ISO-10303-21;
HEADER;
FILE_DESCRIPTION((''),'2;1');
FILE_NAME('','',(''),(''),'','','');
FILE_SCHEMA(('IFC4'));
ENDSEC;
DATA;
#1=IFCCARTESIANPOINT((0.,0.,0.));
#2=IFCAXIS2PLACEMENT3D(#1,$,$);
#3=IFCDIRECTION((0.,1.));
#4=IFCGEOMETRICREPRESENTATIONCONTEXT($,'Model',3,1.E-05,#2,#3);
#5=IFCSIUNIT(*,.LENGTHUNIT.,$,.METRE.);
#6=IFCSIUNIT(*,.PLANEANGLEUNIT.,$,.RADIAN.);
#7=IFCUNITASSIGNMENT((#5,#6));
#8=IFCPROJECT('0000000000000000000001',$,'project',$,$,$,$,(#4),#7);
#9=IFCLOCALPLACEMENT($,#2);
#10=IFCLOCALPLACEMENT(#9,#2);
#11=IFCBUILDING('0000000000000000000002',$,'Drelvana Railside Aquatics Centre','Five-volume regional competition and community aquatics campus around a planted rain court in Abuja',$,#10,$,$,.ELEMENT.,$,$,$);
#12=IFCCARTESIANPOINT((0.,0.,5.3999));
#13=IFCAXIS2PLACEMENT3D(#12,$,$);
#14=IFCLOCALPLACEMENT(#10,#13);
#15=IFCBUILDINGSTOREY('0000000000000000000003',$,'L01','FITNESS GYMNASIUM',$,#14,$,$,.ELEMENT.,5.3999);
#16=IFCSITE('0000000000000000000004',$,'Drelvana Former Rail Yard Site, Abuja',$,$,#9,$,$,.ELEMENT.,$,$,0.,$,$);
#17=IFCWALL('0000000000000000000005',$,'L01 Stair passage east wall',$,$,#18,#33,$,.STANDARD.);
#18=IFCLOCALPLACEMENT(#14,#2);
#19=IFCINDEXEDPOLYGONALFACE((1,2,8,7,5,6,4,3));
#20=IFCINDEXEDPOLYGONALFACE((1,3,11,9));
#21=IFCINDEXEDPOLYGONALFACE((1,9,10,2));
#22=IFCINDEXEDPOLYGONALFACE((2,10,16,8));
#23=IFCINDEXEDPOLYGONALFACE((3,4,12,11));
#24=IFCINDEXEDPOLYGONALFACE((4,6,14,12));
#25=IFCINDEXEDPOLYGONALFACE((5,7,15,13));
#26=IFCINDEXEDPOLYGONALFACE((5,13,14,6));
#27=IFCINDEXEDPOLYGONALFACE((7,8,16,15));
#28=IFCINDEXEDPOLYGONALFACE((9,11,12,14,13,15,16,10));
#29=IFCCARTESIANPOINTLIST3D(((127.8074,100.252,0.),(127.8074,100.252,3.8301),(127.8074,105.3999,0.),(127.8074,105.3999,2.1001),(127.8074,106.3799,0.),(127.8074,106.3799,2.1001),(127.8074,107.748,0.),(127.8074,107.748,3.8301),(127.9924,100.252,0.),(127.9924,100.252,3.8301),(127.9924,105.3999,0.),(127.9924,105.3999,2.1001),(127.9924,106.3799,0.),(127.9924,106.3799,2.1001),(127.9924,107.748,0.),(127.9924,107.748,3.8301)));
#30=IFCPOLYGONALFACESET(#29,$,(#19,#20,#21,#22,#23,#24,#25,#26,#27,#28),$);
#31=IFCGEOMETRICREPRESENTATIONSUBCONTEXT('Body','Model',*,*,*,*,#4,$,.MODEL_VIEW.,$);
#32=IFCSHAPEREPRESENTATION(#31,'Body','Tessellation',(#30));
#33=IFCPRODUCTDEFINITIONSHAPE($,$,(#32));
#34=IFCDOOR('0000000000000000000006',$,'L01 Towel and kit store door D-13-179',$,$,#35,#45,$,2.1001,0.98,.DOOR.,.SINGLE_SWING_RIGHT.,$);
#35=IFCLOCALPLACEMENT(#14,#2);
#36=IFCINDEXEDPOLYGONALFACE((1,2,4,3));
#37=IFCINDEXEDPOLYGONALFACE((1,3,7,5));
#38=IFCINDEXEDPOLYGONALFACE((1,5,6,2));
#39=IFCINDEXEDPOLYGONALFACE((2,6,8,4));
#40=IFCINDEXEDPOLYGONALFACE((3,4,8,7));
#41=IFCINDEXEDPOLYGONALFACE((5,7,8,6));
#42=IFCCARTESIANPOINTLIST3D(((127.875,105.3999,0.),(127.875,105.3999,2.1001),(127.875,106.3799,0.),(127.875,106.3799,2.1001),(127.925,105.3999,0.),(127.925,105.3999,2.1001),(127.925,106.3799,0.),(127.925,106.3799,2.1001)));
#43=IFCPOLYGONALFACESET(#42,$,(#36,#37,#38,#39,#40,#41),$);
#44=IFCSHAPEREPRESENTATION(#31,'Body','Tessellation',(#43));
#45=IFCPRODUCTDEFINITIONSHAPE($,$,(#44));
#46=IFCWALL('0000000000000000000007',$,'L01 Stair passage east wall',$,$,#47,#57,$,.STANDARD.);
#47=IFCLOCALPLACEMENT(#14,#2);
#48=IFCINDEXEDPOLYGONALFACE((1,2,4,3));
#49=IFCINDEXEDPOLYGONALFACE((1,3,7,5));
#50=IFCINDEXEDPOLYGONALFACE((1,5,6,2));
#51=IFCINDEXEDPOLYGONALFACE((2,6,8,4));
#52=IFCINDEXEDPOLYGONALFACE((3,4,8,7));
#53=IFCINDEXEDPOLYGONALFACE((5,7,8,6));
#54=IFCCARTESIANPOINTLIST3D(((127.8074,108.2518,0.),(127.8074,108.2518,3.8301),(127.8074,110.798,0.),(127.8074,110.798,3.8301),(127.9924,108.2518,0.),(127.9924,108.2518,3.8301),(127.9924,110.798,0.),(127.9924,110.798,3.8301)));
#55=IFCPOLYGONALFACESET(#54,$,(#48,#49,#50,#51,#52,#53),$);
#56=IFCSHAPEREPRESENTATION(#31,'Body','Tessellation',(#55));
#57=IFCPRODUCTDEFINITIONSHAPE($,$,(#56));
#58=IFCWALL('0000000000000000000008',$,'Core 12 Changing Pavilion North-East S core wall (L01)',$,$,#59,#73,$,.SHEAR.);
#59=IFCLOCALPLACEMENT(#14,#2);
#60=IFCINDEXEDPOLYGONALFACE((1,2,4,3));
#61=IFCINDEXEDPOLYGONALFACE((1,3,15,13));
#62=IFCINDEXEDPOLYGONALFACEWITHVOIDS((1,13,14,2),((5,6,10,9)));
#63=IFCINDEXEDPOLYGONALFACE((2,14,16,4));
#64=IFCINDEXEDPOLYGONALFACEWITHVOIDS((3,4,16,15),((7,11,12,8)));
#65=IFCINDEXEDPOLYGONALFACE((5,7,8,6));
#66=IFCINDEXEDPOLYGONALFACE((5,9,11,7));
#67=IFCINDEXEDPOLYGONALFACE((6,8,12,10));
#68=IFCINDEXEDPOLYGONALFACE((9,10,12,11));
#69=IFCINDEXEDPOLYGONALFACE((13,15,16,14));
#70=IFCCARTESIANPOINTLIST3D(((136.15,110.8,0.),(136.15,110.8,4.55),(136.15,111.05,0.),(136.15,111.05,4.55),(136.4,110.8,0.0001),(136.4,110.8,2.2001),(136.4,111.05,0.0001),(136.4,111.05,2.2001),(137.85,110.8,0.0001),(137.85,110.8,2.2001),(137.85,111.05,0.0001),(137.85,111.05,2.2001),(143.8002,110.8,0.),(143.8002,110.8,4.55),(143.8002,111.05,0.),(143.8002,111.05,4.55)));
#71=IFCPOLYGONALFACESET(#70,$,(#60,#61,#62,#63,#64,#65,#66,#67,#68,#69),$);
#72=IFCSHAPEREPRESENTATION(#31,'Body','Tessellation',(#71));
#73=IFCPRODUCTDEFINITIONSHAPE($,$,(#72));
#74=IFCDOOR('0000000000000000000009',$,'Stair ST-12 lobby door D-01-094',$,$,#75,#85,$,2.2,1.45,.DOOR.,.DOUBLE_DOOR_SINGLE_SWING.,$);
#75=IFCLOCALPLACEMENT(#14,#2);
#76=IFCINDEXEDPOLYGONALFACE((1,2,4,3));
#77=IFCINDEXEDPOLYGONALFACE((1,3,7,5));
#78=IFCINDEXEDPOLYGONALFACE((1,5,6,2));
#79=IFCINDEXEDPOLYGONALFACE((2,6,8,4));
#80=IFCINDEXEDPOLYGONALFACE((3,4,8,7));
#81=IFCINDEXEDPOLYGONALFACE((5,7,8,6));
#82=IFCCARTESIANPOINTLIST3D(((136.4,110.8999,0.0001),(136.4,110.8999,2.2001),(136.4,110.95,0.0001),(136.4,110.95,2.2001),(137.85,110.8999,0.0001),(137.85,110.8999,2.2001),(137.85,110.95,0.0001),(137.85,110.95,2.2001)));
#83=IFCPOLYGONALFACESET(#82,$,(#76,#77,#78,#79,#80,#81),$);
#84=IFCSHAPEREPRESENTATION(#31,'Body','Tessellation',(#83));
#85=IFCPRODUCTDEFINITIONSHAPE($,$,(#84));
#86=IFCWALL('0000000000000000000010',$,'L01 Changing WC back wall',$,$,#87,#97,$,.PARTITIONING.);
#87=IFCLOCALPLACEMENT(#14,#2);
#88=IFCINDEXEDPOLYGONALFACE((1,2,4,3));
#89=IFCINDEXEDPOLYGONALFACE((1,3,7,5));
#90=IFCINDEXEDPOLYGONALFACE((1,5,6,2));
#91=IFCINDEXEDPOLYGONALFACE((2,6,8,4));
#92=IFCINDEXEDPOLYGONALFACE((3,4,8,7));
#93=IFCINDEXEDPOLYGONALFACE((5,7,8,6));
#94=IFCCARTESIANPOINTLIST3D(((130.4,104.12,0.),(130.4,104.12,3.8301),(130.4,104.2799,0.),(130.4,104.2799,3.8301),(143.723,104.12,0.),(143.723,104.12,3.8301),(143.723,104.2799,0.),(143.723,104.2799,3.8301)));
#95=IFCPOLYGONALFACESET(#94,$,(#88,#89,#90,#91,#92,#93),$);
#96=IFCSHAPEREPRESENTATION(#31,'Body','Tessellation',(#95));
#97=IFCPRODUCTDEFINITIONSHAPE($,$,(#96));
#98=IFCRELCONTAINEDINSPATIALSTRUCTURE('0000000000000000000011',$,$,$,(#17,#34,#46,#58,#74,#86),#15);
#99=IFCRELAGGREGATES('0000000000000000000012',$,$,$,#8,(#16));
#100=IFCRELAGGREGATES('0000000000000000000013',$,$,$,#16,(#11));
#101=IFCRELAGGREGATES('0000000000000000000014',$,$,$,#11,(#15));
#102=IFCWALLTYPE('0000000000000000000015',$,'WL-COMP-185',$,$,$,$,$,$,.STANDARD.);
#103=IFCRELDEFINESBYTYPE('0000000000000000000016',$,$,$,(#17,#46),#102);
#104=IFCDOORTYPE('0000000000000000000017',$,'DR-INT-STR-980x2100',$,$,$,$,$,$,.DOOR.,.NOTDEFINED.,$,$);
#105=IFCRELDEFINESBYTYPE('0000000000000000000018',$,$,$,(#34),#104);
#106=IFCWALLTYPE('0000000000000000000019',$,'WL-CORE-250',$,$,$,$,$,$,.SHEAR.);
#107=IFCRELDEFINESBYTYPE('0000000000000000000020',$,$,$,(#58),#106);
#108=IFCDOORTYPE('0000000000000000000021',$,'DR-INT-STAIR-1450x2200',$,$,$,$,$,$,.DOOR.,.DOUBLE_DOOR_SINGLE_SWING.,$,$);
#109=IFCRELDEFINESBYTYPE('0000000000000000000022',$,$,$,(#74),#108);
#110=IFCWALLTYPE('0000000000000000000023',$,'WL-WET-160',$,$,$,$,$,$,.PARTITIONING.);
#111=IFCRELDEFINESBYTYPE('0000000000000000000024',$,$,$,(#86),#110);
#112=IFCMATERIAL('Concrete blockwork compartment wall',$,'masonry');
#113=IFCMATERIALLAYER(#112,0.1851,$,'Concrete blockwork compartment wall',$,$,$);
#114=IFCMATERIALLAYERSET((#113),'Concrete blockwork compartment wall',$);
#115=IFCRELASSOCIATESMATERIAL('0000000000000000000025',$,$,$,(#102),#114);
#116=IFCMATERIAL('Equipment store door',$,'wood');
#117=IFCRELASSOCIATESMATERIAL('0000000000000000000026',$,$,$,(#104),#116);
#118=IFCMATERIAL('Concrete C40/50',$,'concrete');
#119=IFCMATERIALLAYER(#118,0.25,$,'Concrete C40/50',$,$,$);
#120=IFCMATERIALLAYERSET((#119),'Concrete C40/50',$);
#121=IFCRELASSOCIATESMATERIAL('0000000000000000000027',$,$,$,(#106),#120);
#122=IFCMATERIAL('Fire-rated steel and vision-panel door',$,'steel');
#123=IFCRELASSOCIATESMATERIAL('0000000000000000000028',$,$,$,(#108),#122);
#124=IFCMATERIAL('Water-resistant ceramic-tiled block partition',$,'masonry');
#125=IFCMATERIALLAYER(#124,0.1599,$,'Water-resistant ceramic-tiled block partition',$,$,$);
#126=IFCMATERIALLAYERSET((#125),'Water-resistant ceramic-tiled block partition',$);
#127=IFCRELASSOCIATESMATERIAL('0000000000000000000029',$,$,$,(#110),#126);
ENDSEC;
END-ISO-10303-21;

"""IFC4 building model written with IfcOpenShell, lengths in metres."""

from ifc_helpers import new_model, si_unit, direction, frame, frame_2d, origin, place, context, subcontext, project, spatial, rectangle, extrude, material, layer, layer_set, type_object, element, fill, save


model = new_model("IFC4")

# Units and contexts
model_context = context("Model", 3, precision=1e-05, world=origin(), true_north=direction((0.0, 1.0)))
body_context = subcontext(model_context, "Body", "Model", "MODEL_VIEW")
ifc_project = project(units=[si_unit("LENGTHUNIT", "METRE"), si_unit("PLANEANGLEUNIT", "RADIAN")], contexts=[model_context])

# Site, building, storey
site_placement = place(None, origin())
site = spatial("IfcSite", under=ifc_project, at=site_placement, Name="Drelvana Former Rail Yard Site, Abuja", CompositionType="ELEMENT", RefElevation=0.0)
building_placement = place(site_placement, origin())
building = spatial("IfcBuilding", under=site, at=building_placement, Name="Drelvana Railside Aquatics Centre", Description="Five-volume regional competition and community aquatics campus around a planted rain court in Abuja", CompositionType="ELEMENT")
storey_placement = place(building_placement, frame((0.0, 0.0, 5.3999)))
storey = spatial("IfcBuildingStorey", under=building, at=storey_placement, Name="L01", Description="FITNESS GYMNASIUM", CompositionType="ELEMENT", Elevation=5.3999)

# Shared definitions
ifc_material_1 = material(Name="Concrete C40/50", Category="concrete")

# Wall, opening, door
ifc_material_2 = material(Name="Concrete blockwork compartment wall", Category="masonry")
ifc_layer_1 = layer(ifc_material_2, 0.1851, Name="Concrete blockwork compartment wall")
ifc_layer_set_1 = layer_set([ifc_layer_1], Name="Concrete blockwork compartment wall")
wall_type_1 = type_object("IfcWallType", Name="WL-COMP-185", PredefinedType="STANDARD", material=ifc_layer_set_1)
wall_1_placement = place(storey_placement, frame((127.8999, 100.252, 0.0), z_axis=(0.0, 0.0, 1.0), x_axis=(0.0, 1.0, 0.0)))
wall_1 = element("IfcWall", 1, at=wall_1_placement, inside=storey, type_object=wall_type_1, Name="L01 Stair passage east wall", PredefinedType="STANDARD", context=body_context, shape_type="SweptSolid", body=[
    extrude(rectangle(XDim=7.4961, YDim=0.1851, at=frame_2d((3.748, 0.0))), origin(), (0.0, 0.0, 1.0), 3.8301),
])
opening_1_placement = place(wall_1_placement, frame((5.1479, 0.0, 0.0)))
opening_1 = element("IfcOpeningElement", 2, at=opening_1_placement, cuts=wall_1, PredefinedType="OPENING", context=body_context, shape_type="SweptSolid", body=[
    extrude(rectangle(XDim=0.98, YDim=2.1001, at=frame_2d((0.49, 1.05))), frame((0.0, 0.1025, 0.0), z_axis=(0.0, -1.0, 0.0), x_axis=(1.0, 0.0, 0.0)), (0.0, 0.0, 1.0), 0.2051),
])
ifc_material_3 = material(Name="Equipment store door", Category="wood")
door_type_1 = type_object("IfcDoorType", Name="DR-INT-STR-980x2100", OperationType="NOTDEFINED", PredefinedType="DOOR", material=ifc_material_3)
door_1_placement = place(opening_1_placement, origin())
door_1 = element("IfcDoor", 3, at=door_1_placement, inside=storey, type_object=door_type_1, Name="L01 Towel and kit store door D-13-179", OperationType="SINGLE_SWING_RIGHT", OverallHeight=2.1001, OverallWidth=0.98, PredefinedType="DOOR", context=body_context, shape_type="SweptSolid", body=[
    extrude(rectangle(XDim=0.98, YDim=2.1001, at=frame_2d((0.49, 1.05))), frame((0.0, 0.0249, 0.0), z_axis=(0.0, -1.0, 0.0), x_axis=(1.0, 0.0, 0.0)), (0.0, 0.0, 1.0), 0.05),
])
fill(opening_1, door_1)

# Wall
wall_2_placement = place(storey_placement, frame((127.8999, 108.252, 0.0), z_axis=(0.0, 0.0, 1.0), x_axis=(0.0, 1.0, 0.0)))
element("IfcWall", 4, at=wall_2_placement, inside=storey, type_object=wall_type_1, Name="L01 Stair passage east wall", PredefinedType="STANDARD", context=body_context, shape_type="SweptSolid", body=[
    extrude(rectangle(XDim=2.5461, YDim=0.1851, at=frame_2d((1.2729, 0.0))), origin(), (0.0, 0.0, 1.0), 3.8301),
])

# Wall, opening, door
ifc_layer_2 = layer(ifc_material_1, 0.25, Name="Concrete C40/50")
ifc_layer_set_2 = layer_set([ifc_layer_2], Name="Concrete C40/50")
wall_type_2 = type_object("IfcWallType", Name="WL-CORE-250", PredefinedType="SHEAR", material=ifc_layer_set_2)
wall_3_placement = place(storey_placement, frame((136.1499, 110.925, 0.0), z_axis=(0.0, 0.0, 1.0), x_axis=(1.0, 0.0, 0.0)))
wall_3 = element("IfcWall", 5, at=wall_3_placement, inside=storey, type_object=wall_type_2, Name="Core 12 Changing Pavilion North-East S core wall (L01)", PredefinedType="SHEAR", context=body_context, shape_type="SweptSolid", body=[
    extrude(rectangle(XDim=7.6501, YDim=0.25, at=frame_2d((3.8252, 0.0))), origin(), (0.0, 0.0, 1.0), 4.55),
])
opening_2_placement = place(wall_3_placement, frame((0.25, 0.0, 0.0)))
opening_2 = element("IfcOpeningElement", 6, at=opening_2_placement, cuts=wall_3, PredefinedType="OPENING", context=body_context, shape_type="SweptSolid", body=[
    extrude(rectangle(XDim=1.45, YDim=2.2, at=frame_2d((0.7251, 1.1001))), frame((0.0, 0.135, 0.0), z_axis=(0.0, -1.0, 0.0), x_axis=(1.0, 0.0, 0.0)), (0.0, 0.0, 1.0), 0.27),
])
ifc_material_4 = material(Name="Fire-rated steel and vision-panel door", Category="steel")
door_type_2 = type_object("IfcDoorType", Name="DR-INT-STAIR-1450x2200", OperationType="DOUBLE_DOOR_SINGLE_SWING", PredefinedType="DOOR", material=ifc_material_4)
door_2_placement = place(opening_2_placement, origin())
door_2 = element("IfcDoor", 7, at=door_2_placement, inside=storey, type_object=door_type_2, Name="Stair ST-12 lobby door D-01-094", OperationType="DOUBLE_DOOR_SINGLE_SWING", OverallHeight=2.2, OverallWidth=1.45, PredefinedType="DOOR", context=body_context, shape_type="SweptSolid", body=[
    extrude(rectangle(XDim=1.45, YDim=2.2, at=frame_2d((0.7251, 1.1001))), frame((0.0, 0.0249, 0.0), z_axis=(0.0, -1.0, 0.0), x_axis=(1.0, 0.0, 0.0)), (0.0, 0.0, 1.0), 0.05),
])
fill(opening_2, door_2)

# Wall
ifc_material_5 = material(Name="Water-resistant ceramic-tiled block partition", Category="masonry")
ifc_layer_3 = layer(ifc_material_5, 0.1599, Name="Water-resistant ceramic-tiled block partition")
ifc_layer_set_3 = layer_set([ifc_layer_3], Name="Water-resistant ceramic-tiled block partition")
wall_type_3 = type_object("IfcWallType", Name="WL-WET-160", PredefinedType="PARTITIONING", material=ifc_layer_set_3)
wall_4_placement = place(storey_placement, frame((130.3999, 104.2, 0.0), z_axis=(0.0, 0.0, 1.0), x_axis=(1.0, 0.0, 0.0)))
element("IfcWall", 8, at=wall_4_placement, inside=storey, type_object=wall_type_3, Name="L01 Changing WC back wall", PredefinedType="PARTITIONING", context=body_context, shape_type="SweptSolid", body=[
    extrude(rectangle(XDim=13.323, YDim=0.1599, at=frame_2d((6.6616, 0.0))), origin(), (0.0, 0.0, 1.0), 3.8301),
])

save(model, "model.ifc")
